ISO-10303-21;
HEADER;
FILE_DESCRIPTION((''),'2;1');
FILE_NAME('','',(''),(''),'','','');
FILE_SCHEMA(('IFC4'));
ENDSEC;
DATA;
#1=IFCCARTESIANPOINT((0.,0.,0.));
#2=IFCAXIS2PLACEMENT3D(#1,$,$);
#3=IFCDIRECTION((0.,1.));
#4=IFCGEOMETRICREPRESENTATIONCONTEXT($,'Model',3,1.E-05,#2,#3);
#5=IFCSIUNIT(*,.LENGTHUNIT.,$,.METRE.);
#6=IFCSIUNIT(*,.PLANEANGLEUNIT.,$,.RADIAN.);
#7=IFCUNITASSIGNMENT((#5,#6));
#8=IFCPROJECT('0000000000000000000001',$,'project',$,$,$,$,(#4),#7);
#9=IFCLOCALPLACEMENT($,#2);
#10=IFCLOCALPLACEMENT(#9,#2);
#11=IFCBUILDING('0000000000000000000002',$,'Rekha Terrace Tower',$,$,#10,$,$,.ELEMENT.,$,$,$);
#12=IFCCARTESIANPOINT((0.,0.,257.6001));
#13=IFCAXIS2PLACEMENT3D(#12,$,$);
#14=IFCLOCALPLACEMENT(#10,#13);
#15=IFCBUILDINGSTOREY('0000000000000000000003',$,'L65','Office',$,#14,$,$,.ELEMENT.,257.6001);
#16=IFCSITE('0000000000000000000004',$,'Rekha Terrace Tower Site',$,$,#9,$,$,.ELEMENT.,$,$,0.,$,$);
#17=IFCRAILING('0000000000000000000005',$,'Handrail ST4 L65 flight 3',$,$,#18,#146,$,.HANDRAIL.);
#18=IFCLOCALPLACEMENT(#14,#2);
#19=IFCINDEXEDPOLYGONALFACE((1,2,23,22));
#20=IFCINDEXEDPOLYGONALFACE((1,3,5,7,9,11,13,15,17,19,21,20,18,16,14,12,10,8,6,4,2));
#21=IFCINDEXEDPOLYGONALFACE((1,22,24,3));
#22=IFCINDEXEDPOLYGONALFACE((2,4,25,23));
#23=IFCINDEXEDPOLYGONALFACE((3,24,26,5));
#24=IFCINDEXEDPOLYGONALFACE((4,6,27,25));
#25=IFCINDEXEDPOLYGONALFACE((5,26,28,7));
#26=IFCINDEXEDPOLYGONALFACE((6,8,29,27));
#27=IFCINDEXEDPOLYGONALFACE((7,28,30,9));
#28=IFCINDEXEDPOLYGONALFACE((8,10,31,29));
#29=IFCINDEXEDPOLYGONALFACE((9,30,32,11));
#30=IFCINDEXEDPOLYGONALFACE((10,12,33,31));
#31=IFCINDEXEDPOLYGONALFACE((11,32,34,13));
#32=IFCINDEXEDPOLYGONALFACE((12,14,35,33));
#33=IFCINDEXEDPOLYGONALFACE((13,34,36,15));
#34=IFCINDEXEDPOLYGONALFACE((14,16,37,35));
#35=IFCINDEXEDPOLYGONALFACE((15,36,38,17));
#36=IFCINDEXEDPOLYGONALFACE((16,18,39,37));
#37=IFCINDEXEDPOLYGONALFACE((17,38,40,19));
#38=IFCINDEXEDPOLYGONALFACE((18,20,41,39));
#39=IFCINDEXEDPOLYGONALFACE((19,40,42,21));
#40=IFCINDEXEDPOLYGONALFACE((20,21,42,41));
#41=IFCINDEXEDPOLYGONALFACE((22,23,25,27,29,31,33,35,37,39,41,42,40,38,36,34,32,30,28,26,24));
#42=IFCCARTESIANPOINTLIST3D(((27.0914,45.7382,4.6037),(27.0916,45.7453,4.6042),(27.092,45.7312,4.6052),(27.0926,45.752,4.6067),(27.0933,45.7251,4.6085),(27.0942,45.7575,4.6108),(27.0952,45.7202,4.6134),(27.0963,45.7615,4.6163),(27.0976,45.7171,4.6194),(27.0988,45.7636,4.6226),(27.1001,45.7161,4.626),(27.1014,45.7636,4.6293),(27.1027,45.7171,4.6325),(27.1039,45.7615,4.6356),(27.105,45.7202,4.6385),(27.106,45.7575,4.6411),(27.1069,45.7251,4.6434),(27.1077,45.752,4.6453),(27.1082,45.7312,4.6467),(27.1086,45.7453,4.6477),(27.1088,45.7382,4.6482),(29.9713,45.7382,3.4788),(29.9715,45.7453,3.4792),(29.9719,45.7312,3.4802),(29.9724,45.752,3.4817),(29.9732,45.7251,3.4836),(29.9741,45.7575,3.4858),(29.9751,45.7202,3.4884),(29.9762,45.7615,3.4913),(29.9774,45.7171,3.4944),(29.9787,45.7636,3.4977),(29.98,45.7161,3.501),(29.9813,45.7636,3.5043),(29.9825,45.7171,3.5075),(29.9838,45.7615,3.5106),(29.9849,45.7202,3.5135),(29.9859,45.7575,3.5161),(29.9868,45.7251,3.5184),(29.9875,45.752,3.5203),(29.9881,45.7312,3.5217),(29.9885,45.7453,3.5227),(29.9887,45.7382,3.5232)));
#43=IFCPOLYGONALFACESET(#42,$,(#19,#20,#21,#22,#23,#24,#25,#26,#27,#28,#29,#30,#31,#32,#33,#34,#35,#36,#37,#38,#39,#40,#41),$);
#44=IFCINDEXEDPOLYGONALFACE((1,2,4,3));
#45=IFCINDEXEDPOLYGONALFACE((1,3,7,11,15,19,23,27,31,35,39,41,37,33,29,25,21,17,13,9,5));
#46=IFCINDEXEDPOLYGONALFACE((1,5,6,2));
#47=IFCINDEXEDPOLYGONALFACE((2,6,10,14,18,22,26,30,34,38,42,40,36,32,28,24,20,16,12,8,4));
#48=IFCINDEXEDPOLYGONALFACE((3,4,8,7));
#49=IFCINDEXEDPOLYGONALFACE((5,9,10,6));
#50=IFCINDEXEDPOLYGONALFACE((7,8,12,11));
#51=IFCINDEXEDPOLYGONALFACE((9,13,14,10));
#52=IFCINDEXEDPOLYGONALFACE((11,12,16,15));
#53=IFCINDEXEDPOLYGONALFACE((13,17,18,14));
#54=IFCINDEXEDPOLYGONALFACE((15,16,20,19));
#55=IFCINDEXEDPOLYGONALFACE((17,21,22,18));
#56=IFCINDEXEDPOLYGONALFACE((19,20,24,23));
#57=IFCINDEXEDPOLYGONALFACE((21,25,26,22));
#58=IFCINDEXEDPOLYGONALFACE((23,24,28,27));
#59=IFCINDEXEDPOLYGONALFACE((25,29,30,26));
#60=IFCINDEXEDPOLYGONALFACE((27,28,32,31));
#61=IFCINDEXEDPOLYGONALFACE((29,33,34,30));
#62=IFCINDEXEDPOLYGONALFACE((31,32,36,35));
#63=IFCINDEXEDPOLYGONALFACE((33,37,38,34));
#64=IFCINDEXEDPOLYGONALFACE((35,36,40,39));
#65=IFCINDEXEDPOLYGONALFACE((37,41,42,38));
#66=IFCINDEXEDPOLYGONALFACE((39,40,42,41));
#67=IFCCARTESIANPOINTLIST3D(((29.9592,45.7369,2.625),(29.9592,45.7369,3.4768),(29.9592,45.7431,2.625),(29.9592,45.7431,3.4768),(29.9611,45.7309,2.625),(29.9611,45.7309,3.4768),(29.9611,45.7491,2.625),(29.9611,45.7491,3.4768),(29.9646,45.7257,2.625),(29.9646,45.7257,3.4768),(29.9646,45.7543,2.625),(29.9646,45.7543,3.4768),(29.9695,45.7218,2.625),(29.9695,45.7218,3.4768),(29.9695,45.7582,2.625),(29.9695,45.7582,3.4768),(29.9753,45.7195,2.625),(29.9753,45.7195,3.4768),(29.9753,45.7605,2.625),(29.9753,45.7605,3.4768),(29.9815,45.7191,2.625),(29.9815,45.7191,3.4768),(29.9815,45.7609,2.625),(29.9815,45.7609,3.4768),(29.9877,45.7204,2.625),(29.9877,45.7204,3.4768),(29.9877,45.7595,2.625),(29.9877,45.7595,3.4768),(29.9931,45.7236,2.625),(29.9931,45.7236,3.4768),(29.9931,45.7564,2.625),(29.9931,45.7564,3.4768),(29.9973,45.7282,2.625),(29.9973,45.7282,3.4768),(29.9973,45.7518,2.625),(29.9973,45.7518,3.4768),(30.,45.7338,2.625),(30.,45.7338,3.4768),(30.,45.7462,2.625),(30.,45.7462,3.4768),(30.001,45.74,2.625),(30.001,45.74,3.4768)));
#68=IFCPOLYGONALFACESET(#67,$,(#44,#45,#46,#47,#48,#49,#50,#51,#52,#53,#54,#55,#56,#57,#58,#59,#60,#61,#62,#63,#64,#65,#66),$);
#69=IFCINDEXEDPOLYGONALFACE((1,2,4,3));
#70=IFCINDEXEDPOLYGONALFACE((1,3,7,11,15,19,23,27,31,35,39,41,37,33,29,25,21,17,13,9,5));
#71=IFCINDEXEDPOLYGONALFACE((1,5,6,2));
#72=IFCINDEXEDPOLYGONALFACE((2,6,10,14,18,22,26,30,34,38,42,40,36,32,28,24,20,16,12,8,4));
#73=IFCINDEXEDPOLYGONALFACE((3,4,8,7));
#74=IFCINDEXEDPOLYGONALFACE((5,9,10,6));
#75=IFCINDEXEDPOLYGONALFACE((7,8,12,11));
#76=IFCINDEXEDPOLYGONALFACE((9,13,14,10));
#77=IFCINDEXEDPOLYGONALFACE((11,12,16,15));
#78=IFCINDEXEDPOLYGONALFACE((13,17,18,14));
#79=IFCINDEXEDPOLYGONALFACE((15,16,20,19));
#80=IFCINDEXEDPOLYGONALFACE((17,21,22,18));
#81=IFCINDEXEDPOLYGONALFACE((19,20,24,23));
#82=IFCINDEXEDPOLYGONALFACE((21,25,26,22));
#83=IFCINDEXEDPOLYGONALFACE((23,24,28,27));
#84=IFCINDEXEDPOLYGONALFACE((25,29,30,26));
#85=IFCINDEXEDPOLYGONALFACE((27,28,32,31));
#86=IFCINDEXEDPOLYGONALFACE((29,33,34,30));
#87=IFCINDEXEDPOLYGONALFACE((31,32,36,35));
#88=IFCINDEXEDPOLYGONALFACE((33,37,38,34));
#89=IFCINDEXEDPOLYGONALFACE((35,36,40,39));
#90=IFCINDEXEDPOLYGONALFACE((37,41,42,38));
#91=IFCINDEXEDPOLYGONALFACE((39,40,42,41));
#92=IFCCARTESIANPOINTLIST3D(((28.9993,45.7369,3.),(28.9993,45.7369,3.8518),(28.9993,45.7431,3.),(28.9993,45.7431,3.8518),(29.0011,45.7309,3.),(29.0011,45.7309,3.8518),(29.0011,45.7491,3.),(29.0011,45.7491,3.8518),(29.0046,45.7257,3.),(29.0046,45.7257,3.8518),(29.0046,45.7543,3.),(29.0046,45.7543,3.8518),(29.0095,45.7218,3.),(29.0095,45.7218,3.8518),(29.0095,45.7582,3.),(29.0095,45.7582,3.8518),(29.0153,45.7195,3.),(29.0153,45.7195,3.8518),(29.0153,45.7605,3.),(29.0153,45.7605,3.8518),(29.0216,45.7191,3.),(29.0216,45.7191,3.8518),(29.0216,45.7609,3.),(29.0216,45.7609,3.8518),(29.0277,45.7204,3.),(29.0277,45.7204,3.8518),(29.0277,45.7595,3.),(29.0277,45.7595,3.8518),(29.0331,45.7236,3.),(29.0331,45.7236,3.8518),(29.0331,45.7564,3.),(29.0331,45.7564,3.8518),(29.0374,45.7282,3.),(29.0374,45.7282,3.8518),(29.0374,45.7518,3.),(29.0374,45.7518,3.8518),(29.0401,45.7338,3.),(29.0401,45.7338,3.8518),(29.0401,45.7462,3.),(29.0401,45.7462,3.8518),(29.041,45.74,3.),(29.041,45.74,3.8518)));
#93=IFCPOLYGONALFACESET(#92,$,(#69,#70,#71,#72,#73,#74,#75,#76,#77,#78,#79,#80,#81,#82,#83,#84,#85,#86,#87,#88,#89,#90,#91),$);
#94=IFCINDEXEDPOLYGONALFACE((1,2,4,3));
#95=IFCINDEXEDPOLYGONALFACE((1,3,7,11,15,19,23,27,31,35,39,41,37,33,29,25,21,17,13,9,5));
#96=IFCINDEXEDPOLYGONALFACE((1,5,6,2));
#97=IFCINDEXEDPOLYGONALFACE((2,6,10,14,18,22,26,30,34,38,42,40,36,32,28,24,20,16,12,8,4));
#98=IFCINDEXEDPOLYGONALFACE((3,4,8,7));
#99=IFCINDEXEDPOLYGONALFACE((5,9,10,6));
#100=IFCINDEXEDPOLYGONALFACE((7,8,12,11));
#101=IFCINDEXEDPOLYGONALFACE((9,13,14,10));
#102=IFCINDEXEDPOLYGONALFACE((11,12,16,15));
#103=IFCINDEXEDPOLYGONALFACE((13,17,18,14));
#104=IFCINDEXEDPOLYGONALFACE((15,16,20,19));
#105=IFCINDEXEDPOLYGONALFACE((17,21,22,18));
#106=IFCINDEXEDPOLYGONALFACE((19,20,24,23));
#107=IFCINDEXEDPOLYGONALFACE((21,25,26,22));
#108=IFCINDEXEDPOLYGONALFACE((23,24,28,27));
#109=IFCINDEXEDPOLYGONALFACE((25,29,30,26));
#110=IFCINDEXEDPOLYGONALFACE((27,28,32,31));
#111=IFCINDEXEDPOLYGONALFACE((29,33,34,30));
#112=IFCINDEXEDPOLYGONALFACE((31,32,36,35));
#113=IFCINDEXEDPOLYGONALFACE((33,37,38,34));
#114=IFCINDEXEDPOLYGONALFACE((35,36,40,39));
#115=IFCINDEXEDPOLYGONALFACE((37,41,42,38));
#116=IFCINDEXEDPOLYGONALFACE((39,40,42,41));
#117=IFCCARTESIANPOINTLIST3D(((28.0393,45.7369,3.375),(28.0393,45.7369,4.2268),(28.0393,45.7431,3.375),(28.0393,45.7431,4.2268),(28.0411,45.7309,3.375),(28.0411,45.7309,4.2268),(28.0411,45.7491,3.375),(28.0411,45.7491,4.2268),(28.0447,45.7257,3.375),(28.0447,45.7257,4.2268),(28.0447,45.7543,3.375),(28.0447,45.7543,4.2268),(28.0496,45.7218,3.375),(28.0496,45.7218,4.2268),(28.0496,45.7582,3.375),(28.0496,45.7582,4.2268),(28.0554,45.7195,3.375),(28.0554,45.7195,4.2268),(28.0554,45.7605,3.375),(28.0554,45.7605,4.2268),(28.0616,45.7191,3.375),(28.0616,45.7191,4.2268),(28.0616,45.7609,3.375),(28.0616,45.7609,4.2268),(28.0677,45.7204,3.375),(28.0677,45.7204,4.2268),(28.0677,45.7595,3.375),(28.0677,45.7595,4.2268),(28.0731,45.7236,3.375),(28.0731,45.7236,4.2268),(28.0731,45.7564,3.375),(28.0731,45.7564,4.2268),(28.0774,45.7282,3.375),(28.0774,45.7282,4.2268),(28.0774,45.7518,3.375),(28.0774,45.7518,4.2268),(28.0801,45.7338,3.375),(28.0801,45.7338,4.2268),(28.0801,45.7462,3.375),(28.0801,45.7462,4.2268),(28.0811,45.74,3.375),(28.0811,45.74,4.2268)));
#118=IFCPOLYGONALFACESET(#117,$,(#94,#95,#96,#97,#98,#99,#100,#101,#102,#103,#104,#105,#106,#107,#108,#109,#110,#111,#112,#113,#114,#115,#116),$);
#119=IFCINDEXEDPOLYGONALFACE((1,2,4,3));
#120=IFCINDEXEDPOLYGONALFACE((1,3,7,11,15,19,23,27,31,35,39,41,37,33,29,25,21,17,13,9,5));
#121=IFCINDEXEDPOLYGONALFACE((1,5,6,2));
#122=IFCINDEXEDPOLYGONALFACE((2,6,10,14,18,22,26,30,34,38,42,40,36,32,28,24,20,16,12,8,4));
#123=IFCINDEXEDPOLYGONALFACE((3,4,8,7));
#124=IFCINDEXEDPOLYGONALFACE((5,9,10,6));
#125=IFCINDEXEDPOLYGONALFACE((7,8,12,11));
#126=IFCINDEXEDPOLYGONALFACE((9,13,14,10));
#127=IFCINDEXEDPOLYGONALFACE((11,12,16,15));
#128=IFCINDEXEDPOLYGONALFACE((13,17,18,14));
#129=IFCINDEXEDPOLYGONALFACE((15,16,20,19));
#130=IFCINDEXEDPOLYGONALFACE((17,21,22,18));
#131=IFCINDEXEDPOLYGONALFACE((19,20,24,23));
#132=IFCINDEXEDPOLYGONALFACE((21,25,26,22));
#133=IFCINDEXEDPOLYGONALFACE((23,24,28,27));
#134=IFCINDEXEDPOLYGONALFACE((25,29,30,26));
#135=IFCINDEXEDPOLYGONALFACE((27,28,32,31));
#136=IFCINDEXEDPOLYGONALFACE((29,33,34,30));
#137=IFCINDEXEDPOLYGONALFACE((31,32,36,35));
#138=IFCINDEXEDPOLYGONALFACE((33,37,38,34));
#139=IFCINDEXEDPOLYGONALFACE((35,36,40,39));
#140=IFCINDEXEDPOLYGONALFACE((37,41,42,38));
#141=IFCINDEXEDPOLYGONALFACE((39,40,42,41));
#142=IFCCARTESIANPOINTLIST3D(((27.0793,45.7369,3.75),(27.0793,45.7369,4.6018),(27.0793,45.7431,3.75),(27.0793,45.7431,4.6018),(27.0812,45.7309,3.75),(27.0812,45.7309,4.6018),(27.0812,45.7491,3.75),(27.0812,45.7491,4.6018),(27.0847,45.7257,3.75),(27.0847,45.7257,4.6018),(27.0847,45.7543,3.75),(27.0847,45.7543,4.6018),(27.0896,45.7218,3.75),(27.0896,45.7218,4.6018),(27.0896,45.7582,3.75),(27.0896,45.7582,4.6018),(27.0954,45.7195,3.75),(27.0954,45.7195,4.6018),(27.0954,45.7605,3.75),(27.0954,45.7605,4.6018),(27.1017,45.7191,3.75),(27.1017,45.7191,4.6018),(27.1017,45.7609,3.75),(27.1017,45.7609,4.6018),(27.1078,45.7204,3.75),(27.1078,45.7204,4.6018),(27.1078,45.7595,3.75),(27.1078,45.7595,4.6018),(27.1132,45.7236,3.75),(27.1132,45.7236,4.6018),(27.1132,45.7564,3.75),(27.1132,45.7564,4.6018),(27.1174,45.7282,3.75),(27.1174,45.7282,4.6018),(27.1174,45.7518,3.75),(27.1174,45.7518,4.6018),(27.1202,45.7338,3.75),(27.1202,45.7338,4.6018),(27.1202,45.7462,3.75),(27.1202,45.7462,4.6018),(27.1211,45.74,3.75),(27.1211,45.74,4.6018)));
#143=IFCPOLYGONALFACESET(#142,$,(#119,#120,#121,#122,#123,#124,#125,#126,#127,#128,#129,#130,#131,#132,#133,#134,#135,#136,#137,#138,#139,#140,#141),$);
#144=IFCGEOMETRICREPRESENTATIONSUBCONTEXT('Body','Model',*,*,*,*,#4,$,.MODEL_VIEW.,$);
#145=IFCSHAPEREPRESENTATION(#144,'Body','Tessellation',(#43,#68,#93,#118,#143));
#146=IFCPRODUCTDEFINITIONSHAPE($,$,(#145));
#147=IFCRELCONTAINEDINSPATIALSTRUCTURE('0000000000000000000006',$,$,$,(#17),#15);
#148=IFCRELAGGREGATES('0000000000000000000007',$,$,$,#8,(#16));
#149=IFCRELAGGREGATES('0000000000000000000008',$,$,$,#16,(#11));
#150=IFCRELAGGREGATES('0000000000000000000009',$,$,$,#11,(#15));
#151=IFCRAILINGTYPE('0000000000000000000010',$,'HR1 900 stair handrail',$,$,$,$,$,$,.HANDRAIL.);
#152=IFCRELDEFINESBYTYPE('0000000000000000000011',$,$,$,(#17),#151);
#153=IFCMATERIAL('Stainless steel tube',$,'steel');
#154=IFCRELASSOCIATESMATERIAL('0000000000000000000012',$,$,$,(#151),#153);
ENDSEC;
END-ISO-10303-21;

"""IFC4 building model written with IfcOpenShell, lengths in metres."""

from ifc_helpers import new_model, si_unit, direction, frame, origin, origin_2d, place, context, subcontext, project, spatial, circle, extrude, material, type_object, element, save


model = new_model("IFC4")

# Units and contexts
model_context = context("Model", 3, precision=1e-05, world=origin(), true_north=direction((0.0, 1.0)))
body_context = subcontext(model_context, "Body", "Model", "MODEL_VIEW")
ifc_project = project(units=[si_unit("LENGTHUNIT", "METRE"), si_unit("PLANEANGLEUNIT", "RADIAN")], contexts=[model_context])

# Site, building, storey
site_placement = place(None, origin())
site = spatial("IfcSite", under=ifc_project, at=site_placement, Name="Rekha Terrace Tower Site", CompositionType="ELEMENT", RefElevation=0.0)
building_placement = place(site_placement, origin())
building = spatial("IfcBuilding", under=site, at=building_placement, Name="Rekha Terrace Tower", CompositionType="ELEMENT")
storey_placement = place(building_placement, frame((0.0, 0.0, 257.6001)))
storey = spatial("IfcBuildingStorey", under=building, at=storey_placement, Name="L65", Description="Office", CompositionType="ELEMENT", Elevation=257.6001)

# Railing
ifc_material_1 = material(Name="Stainless steel tube", Category="steel")
railing_type_1 = type_object("IfcRailingType", Name="HR1 900 stair handrail", PredefinedType="HANDRAIL", material=ifc_material_1)
railing_1_placement = place(storey_placement, frame((29.98, 45.74, 2.625)))
element("IfcRailing", 1, at=railing_1_placement, inside=storey, type_object=railing_type_1, Name="Handrail ST4 L65 flight 3", PredefinedType="HANDRAIL", context=body_context, shape_type="SweptSolid", body=[
    extrude(circle(Radius=0.0239, at=origin_2d()), frame((0.0, 0.0, 0.876), z_axis=(-0.931452, 0.0, 0.363863), x_axis=(0.0, -1.0, 0.0)), (0.0, 0.0, 1.0), 3.0918),
    extrude(circle(Radius=0.021, at=origin_2d()), origin(), (0.0, 0.0, 1.0), 0.8518),
    extrude(circle(Radius=0.021, at=origin_2d()), frame((-0.96, 0.0, 0.375)), (0.0, 0.0, 1.0), 0.8518),
    extrude(circle(Radius=0.021, at=origin_2d()), frame((-1.9199, 0.0, 0.75)), (0.0, 0.0, 1.0), 0.8518),
    extrude(circle(Radius=0.021, at=origin_2d()), frame((-2.8799, 0.0, 1.125)), (0.0, 0.0, 1.0), 0.8518),
])

save(model, "model.ifc")
